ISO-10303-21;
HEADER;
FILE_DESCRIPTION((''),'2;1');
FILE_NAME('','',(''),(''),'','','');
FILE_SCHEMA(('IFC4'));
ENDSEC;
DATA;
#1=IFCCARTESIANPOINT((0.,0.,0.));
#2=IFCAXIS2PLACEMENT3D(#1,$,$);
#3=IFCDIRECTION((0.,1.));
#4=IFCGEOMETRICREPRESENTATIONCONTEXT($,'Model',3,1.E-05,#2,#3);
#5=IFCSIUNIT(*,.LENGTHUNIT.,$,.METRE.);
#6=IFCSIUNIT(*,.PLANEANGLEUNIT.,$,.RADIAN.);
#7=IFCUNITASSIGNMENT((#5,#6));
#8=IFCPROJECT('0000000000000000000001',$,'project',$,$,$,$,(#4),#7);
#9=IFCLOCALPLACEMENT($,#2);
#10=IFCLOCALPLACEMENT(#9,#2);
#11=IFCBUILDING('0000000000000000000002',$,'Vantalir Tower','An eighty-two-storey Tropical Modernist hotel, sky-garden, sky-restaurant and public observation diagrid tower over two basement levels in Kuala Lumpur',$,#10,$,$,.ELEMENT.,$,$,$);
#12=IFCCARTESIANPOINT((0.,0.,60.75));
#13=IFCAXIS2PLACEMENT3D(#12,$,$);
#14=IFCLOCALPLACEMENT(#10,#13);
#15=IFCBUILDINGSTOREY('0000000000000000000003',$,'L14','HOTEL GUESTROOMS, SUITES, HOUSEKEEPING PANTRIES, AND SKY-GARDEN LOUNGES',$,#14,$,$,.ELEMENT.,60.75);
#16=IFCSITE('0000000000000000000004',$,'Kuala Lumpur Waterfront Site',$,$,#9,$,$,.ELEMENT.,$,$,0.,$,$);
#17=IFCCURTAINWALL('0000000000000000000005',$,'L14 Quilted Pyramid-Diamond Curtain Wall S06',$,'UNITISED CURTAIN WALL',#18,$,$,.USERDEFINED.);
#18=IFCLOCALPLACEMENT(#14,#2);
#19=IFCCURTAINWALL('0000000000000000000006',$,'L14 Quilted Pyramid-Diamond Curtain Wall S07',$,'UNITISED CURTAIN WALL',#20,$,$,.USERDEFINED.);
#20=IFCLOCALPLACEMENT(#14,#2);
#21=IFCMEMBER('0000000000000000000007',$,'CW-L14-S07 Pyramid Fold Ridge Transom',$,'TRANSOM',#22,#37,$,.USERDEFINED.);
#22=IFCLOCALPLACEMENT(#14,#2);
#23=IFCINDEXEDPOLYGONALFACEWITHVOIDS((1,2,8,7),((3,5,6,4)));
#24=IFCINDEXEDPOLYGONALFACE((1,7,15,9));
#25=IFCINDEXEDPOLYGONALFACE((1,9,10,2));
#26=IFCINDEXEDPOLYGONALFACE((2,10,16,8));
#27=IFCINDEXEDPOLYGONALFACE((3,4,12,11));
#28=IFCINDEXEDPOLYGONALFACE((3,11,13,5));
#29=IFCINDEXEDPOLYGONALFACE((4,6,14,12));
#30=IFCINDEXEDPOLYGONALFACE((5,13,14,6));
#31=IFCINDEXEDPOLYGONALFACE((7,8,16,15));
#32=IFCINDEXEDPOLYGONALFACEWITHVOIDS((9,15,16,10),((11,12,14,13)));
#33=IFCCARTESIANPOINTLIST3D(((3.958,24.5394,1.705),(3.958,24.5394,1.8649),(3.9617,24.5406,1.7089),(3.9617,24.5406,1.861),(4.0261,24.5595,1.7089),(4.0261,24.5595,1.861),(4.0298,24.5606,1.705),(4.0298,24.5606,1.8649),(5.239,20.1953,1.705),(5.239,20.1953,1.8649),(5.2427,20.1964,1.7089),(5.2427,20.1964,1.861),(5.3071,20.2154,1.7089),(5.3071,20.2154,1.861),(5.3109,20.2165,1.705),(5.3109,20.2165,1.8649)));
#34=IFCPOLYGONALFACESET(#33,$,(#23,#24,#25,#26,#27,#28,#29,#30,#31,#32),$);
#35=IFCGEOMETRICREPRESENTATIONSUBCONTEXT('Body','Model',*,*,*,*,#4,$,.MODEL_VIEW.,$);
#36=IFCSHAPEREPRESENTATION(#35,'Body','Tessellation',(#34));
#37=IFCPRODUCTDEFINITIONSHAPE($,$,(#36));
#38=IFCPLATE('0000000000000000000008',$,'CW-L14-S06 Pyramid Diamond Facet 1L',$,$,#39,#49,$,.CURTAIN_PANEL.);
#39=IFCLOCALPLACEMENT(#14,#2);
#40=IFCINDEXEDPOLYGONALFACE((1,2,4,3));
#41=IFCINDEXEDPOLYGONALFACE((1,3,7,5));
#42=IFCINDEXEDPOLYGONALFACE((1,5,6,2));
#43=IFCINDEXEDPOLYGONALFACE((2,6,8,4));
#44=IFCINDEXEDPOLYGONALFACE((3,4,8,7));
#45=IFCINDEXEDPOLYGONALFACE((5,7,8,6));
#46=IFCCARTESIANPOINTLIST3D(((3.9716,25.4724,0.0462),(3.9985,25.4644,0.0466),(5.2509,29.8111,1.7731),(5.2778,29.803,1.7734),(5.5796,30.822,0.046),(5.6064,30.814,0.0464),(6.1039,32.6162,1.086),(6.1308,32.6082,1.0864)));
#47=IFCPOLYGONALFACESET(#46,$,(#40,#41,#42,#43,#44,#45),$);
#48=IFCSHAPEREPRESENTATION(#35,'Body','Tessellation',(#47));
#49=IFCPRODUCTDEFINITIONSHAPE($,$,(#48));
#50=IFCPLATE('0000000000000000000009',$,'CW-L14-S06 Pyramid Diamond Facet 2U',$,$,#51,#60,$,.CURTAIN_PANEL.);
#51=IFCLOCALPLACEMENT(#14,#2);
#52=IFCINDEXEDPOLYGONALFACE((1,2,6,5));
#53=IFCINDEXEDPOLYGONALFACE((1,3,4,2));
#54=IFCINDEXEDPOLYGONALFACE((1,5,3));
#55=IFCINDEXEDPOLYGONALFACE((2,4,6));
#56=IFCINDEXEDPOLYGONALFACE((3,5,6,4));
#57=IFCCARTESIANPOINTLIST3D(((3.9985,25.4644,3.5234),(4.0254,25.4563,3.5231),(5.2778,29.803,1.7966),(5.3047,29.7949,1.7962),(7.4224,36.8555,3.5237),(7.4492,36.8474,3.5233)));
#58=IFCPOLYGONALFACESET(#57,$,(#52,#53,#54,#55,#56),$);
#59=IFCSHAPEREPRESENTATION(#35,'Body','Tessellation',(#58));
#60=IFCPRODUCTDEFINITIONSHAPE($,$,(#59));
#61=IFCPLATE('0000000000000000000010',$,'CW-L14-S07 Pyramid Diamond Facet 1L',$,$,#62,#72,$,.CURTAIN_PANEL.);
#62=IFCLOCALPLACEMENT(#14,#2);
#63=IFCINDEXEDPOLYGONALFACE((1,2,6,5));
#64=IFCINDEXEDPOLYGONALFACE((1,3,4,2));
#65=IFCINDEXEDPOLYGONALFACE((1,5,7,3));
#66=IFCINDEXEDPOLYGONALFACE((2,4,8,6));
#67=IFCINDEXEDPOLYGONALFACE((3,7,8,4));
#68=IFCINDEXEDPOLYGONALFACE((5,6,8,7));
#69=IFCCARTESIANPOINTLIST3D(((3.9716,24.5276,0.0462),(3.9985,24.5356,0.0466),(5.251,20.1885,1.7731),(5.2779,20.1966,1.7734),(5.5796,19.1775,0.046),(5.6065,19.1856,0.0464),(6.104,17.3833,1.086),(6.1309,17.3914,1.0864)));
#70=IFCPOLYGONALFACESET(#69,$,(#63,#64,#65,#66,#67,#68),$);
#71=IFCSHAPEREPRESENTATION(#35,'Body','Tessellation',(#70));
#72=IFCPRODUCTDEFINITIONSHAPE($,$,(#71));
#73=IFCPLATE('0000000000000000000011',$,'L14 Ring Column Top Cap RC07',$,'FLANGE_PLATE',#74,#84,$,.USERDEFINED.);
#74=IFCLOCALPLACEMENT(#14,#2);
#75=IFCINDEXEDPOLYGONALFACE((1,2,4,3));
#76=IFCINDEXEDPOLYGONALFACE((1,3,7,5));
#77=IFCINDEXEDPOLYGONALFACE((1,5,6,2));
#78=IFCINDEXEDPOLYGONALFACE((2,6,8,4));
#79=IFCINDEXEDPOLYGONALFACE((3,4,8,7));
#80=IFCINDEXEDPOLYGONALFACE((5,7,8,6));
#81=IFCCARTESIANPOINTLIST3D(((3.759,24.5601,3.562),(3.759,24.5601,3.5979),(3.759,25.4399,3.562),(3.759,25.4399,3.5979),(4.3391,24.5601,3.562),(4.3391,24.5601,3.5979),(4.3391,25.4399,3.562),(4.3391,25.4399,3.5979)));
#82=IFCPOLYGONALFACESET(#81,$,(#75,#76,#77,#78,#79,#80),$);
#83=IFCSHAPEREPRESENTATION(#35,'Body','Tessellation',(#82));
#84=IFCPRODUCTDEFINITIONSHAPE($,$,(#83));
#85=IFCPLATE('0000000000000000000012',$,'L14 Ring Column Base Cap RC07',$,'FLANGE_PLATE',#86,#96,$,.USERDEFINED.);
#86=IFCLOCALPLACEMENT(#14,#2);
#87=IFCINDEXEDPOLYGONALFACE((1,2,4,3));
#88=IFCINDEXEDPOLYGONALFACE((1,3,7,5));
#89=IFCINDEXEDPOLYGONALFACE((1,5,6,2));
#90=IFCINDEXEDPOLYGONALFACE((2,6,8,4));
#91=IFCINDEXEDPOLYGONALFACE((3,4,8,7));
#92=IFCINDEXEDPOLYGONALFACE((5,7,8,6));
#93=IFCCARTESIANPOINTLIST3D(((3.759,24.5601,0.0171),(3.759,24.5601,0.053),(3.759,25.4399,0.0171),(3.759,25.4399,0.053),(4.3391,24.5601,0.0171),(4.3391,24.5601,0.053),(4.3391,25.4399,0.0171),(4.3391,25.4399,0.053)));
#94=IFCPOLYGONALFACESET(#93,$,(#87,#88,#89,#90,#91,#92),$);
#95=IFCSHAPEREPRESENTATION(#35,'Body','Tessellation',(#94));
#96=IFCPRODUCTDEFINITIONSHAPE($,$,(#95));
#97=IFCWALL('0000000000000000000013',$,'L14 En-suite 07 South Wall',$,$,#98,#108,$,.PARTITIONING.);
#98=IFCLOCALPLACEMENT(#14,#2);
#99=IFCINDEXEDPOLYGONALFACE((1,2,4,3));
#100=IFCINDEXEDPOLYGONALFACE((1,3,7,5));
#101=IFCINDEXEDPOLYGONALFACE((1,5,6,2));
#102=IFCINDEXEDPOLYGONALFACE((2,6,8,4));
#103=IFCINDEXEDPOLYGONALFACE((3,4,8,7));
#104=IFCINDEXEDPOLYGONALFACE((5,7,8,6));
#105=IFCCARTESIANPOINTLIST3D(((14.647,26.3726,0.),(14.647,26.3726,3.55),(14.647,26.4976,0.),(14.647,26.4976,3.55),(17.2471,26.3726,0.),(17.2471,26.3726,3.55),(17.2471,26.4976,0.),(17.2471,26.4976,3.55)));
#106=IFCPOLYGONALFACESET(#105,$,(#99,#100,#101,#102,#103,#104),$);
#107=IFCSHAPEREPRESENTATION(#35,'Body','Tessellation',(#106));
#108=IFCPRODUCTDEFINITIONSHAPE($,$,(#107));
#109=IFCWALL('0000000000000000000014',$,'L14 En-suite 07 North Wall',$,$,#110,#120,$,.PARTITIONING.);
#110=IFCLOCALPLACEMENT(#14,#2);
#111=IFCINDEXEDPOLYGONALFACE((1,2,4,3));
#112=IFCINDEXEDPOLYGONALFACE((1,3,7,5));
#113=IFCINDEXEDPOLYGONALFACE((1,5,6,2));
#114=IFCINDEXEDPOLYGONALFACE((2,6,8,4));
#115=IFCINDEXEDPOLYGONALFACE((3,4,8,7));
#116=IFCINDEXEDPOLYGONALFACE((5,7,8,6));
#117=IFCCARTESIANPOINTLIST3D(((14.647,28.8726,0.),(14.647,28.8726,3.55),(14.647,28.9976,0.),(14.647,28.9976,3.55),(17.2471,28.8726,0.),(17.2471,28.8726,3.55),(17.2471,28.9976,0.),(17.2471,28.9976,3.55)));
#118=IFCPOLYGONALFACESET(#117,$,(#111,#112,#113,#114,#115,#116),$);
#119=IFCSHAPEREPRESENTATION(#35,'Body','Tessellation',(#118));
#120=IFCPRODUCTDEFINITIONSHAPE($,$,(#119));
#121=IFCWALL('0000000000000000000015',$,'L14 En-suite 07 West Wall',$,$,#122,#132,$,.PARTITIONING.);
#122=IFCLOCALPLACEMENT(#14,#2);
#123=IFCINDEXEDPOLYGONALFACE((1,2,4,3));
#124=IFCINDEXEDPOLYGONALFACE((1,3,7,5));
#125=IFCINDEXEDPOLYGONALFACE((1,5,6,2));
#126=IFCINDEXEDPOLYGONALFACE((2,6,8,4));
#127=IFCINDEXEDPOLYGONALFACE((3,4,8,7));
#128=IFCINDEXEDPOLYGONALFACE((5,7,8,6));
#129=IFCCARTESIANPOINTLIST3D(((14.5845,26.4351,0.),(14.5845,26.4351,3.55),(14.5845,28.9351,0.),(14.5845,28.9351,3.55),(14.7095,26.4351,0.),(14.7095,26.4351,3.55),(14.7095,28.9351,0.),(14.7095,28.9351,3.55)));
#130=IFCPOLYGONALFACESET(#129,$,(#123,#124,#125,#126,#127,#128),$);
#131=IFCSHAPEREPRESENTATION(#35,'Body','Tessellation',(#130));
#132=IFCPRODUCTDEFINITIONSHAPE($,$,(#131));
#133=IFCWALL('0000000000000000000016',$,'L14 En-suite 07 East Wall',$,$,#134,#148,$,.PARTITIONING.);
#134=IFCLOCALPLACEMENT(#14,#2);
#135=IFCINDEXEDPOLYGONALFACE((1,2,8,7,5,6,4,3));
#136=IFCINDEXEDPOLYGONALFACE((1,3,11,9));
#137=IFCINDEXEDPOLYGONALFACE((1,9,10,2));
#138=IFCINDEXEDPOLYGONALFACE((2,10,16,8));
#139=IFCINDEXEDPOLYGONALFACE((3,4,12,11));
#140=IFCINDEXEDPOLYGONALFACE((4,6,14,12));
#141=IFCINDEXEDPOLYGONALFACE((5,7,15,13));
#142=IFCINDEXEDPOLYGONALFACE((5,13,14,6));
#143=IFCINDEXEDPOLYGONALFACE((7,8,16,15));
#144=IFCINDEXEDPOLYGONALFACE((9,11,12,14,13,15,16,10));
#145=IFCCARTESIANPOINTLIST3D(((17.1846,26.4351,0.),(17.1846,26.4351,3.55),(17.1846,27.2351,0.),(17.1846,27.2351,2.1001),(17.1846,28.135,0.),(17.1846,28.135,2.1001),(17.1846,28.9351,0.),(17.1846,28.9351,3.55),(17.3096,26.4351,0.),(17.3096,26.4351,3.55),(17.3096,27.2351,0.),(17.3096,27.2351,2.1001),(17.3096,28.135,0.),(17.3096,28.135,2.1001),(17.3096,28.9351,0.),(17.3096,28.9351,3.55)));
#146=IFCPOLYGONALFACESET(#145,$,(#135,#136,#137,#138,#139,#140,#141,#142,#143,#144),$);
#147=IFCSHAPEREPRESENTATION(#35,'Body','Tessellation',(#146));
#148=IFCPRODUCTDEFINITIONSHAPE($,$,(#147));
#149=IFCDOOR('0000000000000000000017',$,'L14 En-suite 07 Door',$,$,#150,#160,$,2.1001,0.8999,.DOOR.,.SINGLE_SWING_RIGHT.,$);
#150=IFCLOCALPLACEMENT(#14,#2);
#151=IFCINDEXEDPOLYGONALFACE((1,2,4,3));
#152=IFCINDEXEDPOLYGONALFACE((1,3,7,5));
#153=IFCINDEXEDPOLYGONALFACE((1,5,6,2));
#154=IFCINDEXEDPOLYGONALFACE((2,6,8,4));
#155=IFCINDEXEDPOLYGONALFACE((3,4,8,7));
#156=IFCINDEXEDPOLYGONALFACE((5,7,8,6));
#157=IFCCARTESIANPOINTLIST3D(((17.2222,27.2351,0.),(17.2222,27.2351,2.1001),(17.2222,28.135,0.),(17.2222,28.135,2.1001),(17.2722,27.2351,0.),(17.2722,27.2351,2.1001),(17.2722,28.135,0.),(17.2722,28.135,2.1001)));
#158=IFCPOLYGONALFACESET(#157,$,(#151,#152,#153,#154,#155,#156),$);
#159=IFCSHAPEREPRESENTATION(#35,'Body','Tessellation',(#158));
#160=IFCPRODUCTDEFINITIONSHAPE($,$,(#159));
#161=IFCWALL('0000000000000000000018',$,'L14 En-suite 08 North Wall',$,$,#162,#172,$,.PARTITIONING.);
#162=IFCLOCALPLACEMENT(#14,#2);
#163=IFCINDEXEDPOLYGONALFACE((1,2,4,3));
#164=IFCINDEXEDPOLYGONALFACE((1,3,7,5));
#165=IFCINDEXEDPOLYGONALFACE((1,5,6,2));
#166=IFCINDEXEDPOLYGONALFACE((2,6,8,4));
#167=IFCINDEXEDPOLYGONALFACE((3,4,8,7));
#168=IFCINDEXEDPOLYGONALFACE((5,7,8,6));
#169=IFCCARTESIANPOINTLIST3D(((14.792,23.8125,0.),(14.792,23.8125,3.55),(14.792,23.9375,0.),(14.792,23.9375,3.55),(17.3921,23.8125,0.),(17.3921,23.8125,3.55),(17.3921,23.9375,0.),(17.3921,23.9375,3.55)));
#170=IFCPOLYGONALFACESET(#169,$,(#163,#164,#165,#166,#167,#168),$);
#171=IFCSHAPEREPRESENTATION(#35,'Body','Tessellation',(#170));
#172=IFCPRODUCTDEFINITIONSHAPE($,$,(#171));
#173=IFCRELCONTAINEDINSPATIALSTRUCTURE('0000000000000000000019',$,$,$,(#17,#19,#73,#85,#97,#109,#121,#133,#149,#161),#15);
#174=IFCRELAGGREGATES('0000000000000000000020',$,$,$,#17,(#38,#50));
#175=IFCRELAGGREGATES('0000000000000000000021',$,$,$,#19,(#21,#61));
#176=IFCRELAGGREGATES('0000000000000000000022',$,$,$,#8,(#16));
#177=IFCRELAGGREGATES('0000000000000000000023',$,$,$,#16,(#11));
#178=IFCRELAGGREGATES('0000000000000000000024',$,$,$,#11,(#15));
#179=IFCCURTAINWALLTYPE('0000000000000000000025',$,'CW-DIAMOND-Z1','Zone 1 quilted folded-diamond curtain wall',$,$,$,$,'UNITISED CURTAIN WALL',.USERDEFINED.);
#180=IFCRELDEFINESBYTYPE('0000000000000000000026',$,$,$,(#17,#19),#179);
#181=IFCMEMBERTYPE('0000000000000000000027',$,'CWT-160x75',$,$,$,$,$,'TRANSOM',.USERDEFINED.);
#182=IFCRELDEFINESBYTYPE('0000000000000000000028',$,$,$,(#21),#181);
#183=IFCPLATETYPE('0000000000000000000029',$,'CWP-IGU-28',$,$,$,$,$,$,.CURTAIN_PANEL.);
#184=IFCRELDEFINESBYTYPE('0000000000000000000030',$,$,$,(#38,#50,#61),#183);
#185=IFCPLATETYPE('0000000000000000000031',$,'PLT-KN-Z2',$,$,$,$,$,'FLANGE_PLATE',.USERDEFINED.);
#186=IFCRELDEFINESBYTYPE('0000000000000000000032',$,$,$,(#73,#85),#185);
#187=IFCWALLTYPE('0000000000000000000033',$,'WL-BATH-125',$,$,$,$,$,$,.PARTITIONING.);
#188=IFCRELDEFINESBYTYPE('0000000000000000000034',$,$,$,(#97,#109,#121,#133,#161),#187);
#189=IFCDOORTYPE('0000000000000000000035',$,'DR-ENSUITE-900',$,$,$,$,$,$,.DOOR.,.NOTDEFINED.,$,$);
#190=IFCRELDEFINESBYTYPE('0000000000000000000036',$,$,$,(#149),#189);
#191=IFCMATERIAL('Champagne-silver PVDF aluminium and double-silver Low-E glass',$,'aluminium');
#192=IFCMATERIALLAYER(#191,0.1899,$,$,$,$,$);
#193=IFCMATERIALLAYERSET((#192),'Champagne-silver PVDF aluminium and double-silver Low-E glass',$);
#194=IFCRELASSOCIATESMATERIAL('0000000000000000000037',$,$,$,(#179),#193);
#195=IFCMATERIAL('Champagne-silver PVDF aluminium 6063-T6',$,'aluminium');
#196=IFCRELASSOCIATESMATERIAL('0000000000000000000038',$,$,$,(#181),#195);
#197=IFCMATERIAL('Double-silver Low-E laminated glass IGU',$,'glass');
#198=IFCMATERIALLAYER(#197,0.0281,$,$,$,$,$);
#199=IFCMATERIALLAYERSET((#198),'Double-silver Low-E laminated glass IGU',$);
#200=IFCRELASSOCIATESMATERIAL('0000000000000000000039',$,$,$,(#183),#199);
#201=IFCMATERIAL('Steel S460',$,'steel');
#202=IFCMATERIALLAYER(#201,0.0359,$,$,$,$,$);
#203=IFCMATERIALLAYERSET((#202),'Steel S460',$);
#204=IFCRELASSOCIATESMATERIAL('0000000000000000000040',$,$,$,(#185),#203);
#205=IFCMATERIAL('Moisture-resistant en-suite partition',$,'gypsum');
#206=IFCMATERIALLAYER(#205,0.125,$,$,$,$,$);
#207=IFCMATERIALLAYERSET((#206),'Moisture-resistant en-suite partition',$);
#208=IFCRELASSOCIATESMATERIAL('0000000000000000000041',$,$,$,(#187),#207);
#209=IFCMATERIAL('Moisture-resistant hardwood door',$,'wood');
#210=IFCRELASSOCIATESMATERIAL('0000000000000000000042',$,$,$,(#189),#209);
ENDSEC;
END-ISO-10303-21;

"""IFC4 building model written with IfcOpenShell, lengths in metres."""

from ifc_helpers import new_model, si_unit, direction, frame, frame_2d, origin, origin_2d, place, context, subcontext, project, spatial, polyline, rectangle, hollow_rectangle, outline, extrude, material, layer, layer_set, material_profile, profile_set, type_object, element, fill, aggregate, save


model = new_model("IFC4")

# Units and contexts
model_context = context("Model", 3, precision=1e-05, world=origin(), true_north=direction((0.0, 1.0)))
body_context = subcontext(model_context, "Body", "Model", "MODEL_VIEW")
ifc_project = project(units=[si_unit("LENGTHUNIT", "METRE"), si_unit("PLANEANGLEUNIT", "RADIAN")], contexts=[model_context])

# Site, building, storey
site_placement = place(None, origin())
site = spatial("IfcSite", under=ifc_project, at=site_placement, Name="Kuala Lumpur Waterfront Site", CompositionType="ELEMENT", RefElevation=0.0)
building_placement = place(site_placement, origin())
building = spatial("IfcBuilding", under=site, at=building_placement, Name="Vantalir Tower", Description="An eighty-two-storey Tropical Modernist hotel, sky-garden, sky-restaurant and public observation diagrid tower over two basement levels in Kuala Lumpur", CompositionType="ELEMENT")
storey_placement = place(building_placement, frame((0.0, 0.0, 60.75)))
storey = spatial("IfcBuildingStorey", under=building, at=storey_placement, Name="L14", Description="HOTEL GUESTROOMS, SUITES, HOUSEKEEPING PANTRIES, AND SKY-GARDEN LOUNGES", CompositionType="ELEMENT", Elevation=60.75)

# Shared definitions
ifc_material_1 = material(Name="Steel S460", Category="steel")

# Curtain wall
ifc_material_2 = material(Name="Champagne-silver PVDF aluminium and double-silver Low-E glass", Category="aluminium")
ifc_layer_1 = layer(ifc_material_2, 0.1899)
ifc_layer_set_1 = layer_set([ifc_layer_1], Name="Champagne-silver PVDF aluminium and double-silver Low-E glass")
curtain_wall_type = type_object("IfcCurtainWallType", Name="CW-DIAMOND-Z1", Description="Zone 1 quilted folded-diamond curtain wall", ElementType="UNITISED CURTAIN WALL", PredefinedType="USERDEFINED", material=ifc_layer_set_1)
curtain_wall_1_placement = place(storey_placement, origin())
curtain_wall_1 = element("IfcCurtainWall", 1, at=curtain_wall_1_placement, inside=storey, type_object=curtain_wall_type, Name="L14 Quilted Pyramid-Diamond Curtain Wall S06", ObjectType="UNITISED CURTAIN WALL", PredefinedType="USERDEFINED")
ifc_material_3 = material(Name="Champagne-silver PVDF aluminium 6063-T6", Category="aluminium")

# Curtain wall, member
curtain_wall_2_placement = place(storey_placement, origin())
curtain_wall_2 = element("IfcCurtainWall", 2, at=curtain_wall_2_placement, inside=storey, type_object=curtain_wall_type, Name="L14 Quilted Pyramid-Diamond Curtain Wall S07", ObjectType="UNITISED CURTAIN WALL", PredefinedType="USERDEFINED")
ifc_material_profile_1 = material_profile(ifc_material_3, hollow_rectangle(XDim=0.075, YDim=0.1599, WallThickness=0.0039, at=origin_2d()), Name="Champagne-silver PVDF aluminium 6063-T6")
ifc_profile_set_1 = profile_set([ifc_material_profile_1], Name="Champagne-silver PVDF aluminium 6063-T6")
member_type_1 = type_object("IfcMemberType", Name="CWT-160x75", ElementType="TRANSOM", PredefinedType="USERDEFINED", material=ifc_profile_set_1)
member_1_placement = place(storey_placement, frame((3.9939, 24.55, 1.7849), z_axis=(0.282849, -0.959164, 0.0), x_axis=(0.959164, 0.282849, 0.0)))
member_1 = element("IfcMember", 3, at=member_1_placement, type_object=member_type_1, Name="CW-L14-S07 Pyramid Fold Ridge Transom", ObjectType="TRANSOM", PredefinedType="USERDEFINED", context=body_context, shape_type="SweptSolid", body=[
    extrude(hollow_rectangle(XDim=0.075, YDim=0.1599, WallThickness=0.0039, at=origin_2d()), origin(), (0.0, 0.0, 1.0), 4.5291),
])

# Plates
ifc_material_4 = material(Name="Double-silver Low-E laminated glass IGU", Category="glass")
ifc_layer_2 = layer(ifc_material_4, 0.0281)
ifc_layer_set_2 = layer_set([ifc_layer_2], Name="Double-silver Low-E laminated glass IGU")
plate_type_1 = type_object("IfcPlateType", Name="CWP-IGU-28", PredefinedType="CURTAIN_PANEL", material=ifc_layer_set_2)
plate_1_placement = place(storey_placement, frame((5.6064, 30.814, 0.0464), z_axis=(0.957586, -0.287823, 0.013717), x_axis=(-0.28785, -0.957675, 0.000044)))
plate_1 = element("IfcPlate", 4, at=plate_1_placement, type_object=plate_type_1, Name="CW-L14-S06 Pyramid Diamond Facet 1L", PredefinedType="CURTAIN_PANEL", context=body_context, shape_type="SweptSolid", body=[
    extrude(outline(polyline([(0.0, 0.0), (5.586, 0.0), (1.0629, -1.7272), (-1.8692, -1.0402), (0.0, 0.0)])), origin(), (0.0, 0.0, -1.0), 0.0281),
])
plate_2_placement = place(storey_placement, frame((3.9985, 25.4644, 3.5234), z_axis=(-0.957586, 0.287821, 0.013732), x_axis=(0.287849, 0.957676, 0.000021)))
plate_2 = element("IfcPlate", 5, at=plate_2_placement, type_object=plate_type_1, Name="CW-L14-S06 Pyramid Diamond Facet 2U", PredefinedType="CURTAIN_PANEL", context=body_context, shape_type="SweptSolid", body=[
    extrude(outline(polyline([(0.0, 0.0), (11.8945, 0.0), (4.5232, 1.7271), (0.0, 0.0)])), origin(), (0.0, 0.0, -1.0), 0.0281),
])
aggregate(curtain_wall_1, [plate_1, plate_2])
plate_3_placement = place(storey_placement, frame((3.9985, 24.5356, 0.0466), z_axis=(0.95759, 0.287806, 0.013728), x_axis=(0.287834, -0.95768, -0.000044)))
plate_3 = element("IfcPlate", 6, at=plate_3_placement, type_object=plate_type_1, Name="CW-L14-S07 Pyramid Diamond Facet 1L", PredefinedType="CURTAIN_PANEL", context=body_context, shape_type="SweptSolid", body=[
    extrude(outline(polyline([(0.0, 0.0), (5.5865, 0.0), (7.4557, -1.0402), (4.5236, -1.7272), (0.0, 0.0)])), origin(), (0.0, 0.0, -1.0), 0.0281),
])
aggregate(curtain_wall_2, [member_1, plate_3])

# Plates
ifc_layer_3 = layer(ifc_material_1, 0.0359)
ifc_layer_set_3 = layer_set([ifc_layer_3], Name="Steel S460")
plate_type_2 = type_object("IfcPlateType", Name="PLT-KN-Z2", ElementType="FLANGE_PLATE", PredefinedType="USERDEFINED", material=ifc_layer_set_3)
for number, where, z_axis, x_axis, name in (
    (7, (3.759, 25.4399, 3.5979), (0.0, 0.0, 1.0), (0.0, -1.0, 0.0), "L14 Ring Column Top Cap RC07"),
    (8, (3.759, 25.4399, 0.053), (0.0, 0.0, 1.0), (0.0, -1.0, 0.0), "L14 Ring Column Base Cap RC07"),
):
    element("IfcPlate", number, at=place(storey_placement, frame(where, z_axis=z_axis, x_axis=x_axis)), inside=storey, type_object=plate_type_2, Name=name, ObjectType="FLANGE_PLATE", PredefinedType="USERDEFINED", context=body_context, shape_type="SweptSolid", body=[
        extrude(outline(polyline([(0.0, 0.0), (0.8799, 0.0), (0.8799, 0.5801), (0.0, 0.5801), (0.0, 0.0)])), origin(), (0.0, 0.0, -1.0), 0.0359),
    ])

# Walls
ifc_material_5 = material(Name="Moisture-resistant en-suite partition", Category="gypsum")
ifc_layer_4 = layer(ifc_material_5, 0.125)
ifc_layer_set_4 = layer_set([ifc_layer_4], Name="Moisture-resistant en-suite partition")
wall_type_1 = type_object("IfcWallType", Name="WL-BATH-125", PredefinedType="PARTITIONING", material=ifc_layer_set_4)
for number, where, z_axis, x_axis, name in (
    (9, (14.647, 26.4351, 0.0), (0.0, 0.0, 1.0), (1.0, 0.0, 0.0), "L14 En-suite 07 South Wall"),
    (10, (14.647, 28.9351, 0.0), (0.0, 0.0, 1.0), (1.0, 0.0, 0.0), "L14 En-suite 07 North Wall"),
):
    element("IfcWall", number, at=place(storey_placement, frame(where, z_axis=z_axis, x_axis=x_axis)), inside=storey, type_object=wall_type_1, Name=name, PredefinedType="PARTITIONING", context=body_context, shape_type="SweptSolid", body=[
        extrude(rectangle(XDim=2.6001, YDim=0.125, at=frame_2d((1.3, 0.0))), origin(), (0.0, 0.0, 1.0), 3.55),
    ])
wall_1_placement = place(storey_placement, frame((14.647, 26.4351, 0.0), z_axis=(0.0, 0.0, 1.0), x_axis=(0.0, 1.0, 0.0)))
element("IfcWall", 11, at=wall_1_placement, inside=storey, type_object=wall_type_1, Name="L14 En-suite 07 West Wall", PredefinedType="PARTITIONING", context=body_context, shape_type="SweptSolid", body=[
    extrude(rectangle(XDim=2.5, YDim=0.125, at=frame_2d((1.25, 0.0))), origin(), (0.0, 0.0, 1.0), 3.55),
])

# Wall, opening, door
wall_2_placement = place(storey_placement, frame((17.2471, 26.4351, 0.0), z_axis=(0.0, 0.0, 1.0), x_axis=(0.0, 1.0, 0.0)))
wall_2 = element("IfcWall", 12, at=wall_2_placement, inside=storey, type_object=wall_type_1, Name="L14 En-suite 07 East Wall", PredefinedType="PARTITIONING", context=body_context, shape_type="SweptSolid", body=[
    extrude(rectangle(XDim=2.5, YDim=0.125, at=frame_2d((1.25, 0.0))), origin(), (0.0, 0.0, 1.0), 3.55),
])
opening_1_placement = place(wall_2_placement, frame((0.8, 0.0, 0.0)))
opening_1 = element("IfcOpeningElement", 13, at=opening_1_placement, cuts=wall_2, PredefinedType="OPENING", context=body_context, shape_type="SweptSolid", body=[
    extrude(rectangle(XDim=0.8999, YDim=2.1001, at=frame_2d((0.45, 1.05))), frame((0.0, 0.0725, 0.0), z_axis=(0.0, -1.0, 0.0), x_axis=(1.0, 0.0, 0.0)), (0.0, 0.0, 1.0), 0.145),
])
ifc_material_6 = material(Name="Moisture-resistant hardwood door", Category="wood")
door_type_1 = type_object("IfcDoorType", Name="DR-ENSUITE-900", OperationType="NOTDEFINED", PredefinedType="DOOR", material=ifc_material_6)
door_1_placement = place(opening_1_placement, origin())
door_1 = element("IfcDoor", 14, at=door_1_placement, inside=storey, type_object=door_type_1, Name="L14 En-suite 07 Door", OperationType="SINGLE_SWING_RIGHT", OverallHeight=2.1001, OverallWidth=0.8999, PredefinedType="DOOR", context=body_context, shape_type="SweptSolid", body=[
    extrude(rectangle(XDim=0.8999, YDim=2.1001, at=frame_2d((0.45, 1.05))), frame((0.0, 0.0249, 0.0), z_axis=(0.0, -1.0, 0.0), x_axis=(1.0, 0.0, 0.0)), (0.0, 0.0, 1.0), 0.05),
])
fill(opening_1, door_1)

# Wall
wall_3_placement = place(storey_placement, frame((14.792, 23.875, 0.0), z_axis=(0.0, 0.0, 1.0), x_axis=(1.0, 0.0, 0.0)))
element("IfcWall", 15, at=wall_3_placement, inside=storey, type_object=wall_type_1, Name="L14 En-suite 08 North Wall", PredefinedType="PARTITIONING", context=body_context, shape_type="SweptSolid", body=[
    extrude(rectangle(XDim=2.6001, YDim=0.125, at=frame_2d((1.3, 0.0))), origin(), (0.0, 0.0, 1.0), 3.55),
])

save(model, "model.ifc")
